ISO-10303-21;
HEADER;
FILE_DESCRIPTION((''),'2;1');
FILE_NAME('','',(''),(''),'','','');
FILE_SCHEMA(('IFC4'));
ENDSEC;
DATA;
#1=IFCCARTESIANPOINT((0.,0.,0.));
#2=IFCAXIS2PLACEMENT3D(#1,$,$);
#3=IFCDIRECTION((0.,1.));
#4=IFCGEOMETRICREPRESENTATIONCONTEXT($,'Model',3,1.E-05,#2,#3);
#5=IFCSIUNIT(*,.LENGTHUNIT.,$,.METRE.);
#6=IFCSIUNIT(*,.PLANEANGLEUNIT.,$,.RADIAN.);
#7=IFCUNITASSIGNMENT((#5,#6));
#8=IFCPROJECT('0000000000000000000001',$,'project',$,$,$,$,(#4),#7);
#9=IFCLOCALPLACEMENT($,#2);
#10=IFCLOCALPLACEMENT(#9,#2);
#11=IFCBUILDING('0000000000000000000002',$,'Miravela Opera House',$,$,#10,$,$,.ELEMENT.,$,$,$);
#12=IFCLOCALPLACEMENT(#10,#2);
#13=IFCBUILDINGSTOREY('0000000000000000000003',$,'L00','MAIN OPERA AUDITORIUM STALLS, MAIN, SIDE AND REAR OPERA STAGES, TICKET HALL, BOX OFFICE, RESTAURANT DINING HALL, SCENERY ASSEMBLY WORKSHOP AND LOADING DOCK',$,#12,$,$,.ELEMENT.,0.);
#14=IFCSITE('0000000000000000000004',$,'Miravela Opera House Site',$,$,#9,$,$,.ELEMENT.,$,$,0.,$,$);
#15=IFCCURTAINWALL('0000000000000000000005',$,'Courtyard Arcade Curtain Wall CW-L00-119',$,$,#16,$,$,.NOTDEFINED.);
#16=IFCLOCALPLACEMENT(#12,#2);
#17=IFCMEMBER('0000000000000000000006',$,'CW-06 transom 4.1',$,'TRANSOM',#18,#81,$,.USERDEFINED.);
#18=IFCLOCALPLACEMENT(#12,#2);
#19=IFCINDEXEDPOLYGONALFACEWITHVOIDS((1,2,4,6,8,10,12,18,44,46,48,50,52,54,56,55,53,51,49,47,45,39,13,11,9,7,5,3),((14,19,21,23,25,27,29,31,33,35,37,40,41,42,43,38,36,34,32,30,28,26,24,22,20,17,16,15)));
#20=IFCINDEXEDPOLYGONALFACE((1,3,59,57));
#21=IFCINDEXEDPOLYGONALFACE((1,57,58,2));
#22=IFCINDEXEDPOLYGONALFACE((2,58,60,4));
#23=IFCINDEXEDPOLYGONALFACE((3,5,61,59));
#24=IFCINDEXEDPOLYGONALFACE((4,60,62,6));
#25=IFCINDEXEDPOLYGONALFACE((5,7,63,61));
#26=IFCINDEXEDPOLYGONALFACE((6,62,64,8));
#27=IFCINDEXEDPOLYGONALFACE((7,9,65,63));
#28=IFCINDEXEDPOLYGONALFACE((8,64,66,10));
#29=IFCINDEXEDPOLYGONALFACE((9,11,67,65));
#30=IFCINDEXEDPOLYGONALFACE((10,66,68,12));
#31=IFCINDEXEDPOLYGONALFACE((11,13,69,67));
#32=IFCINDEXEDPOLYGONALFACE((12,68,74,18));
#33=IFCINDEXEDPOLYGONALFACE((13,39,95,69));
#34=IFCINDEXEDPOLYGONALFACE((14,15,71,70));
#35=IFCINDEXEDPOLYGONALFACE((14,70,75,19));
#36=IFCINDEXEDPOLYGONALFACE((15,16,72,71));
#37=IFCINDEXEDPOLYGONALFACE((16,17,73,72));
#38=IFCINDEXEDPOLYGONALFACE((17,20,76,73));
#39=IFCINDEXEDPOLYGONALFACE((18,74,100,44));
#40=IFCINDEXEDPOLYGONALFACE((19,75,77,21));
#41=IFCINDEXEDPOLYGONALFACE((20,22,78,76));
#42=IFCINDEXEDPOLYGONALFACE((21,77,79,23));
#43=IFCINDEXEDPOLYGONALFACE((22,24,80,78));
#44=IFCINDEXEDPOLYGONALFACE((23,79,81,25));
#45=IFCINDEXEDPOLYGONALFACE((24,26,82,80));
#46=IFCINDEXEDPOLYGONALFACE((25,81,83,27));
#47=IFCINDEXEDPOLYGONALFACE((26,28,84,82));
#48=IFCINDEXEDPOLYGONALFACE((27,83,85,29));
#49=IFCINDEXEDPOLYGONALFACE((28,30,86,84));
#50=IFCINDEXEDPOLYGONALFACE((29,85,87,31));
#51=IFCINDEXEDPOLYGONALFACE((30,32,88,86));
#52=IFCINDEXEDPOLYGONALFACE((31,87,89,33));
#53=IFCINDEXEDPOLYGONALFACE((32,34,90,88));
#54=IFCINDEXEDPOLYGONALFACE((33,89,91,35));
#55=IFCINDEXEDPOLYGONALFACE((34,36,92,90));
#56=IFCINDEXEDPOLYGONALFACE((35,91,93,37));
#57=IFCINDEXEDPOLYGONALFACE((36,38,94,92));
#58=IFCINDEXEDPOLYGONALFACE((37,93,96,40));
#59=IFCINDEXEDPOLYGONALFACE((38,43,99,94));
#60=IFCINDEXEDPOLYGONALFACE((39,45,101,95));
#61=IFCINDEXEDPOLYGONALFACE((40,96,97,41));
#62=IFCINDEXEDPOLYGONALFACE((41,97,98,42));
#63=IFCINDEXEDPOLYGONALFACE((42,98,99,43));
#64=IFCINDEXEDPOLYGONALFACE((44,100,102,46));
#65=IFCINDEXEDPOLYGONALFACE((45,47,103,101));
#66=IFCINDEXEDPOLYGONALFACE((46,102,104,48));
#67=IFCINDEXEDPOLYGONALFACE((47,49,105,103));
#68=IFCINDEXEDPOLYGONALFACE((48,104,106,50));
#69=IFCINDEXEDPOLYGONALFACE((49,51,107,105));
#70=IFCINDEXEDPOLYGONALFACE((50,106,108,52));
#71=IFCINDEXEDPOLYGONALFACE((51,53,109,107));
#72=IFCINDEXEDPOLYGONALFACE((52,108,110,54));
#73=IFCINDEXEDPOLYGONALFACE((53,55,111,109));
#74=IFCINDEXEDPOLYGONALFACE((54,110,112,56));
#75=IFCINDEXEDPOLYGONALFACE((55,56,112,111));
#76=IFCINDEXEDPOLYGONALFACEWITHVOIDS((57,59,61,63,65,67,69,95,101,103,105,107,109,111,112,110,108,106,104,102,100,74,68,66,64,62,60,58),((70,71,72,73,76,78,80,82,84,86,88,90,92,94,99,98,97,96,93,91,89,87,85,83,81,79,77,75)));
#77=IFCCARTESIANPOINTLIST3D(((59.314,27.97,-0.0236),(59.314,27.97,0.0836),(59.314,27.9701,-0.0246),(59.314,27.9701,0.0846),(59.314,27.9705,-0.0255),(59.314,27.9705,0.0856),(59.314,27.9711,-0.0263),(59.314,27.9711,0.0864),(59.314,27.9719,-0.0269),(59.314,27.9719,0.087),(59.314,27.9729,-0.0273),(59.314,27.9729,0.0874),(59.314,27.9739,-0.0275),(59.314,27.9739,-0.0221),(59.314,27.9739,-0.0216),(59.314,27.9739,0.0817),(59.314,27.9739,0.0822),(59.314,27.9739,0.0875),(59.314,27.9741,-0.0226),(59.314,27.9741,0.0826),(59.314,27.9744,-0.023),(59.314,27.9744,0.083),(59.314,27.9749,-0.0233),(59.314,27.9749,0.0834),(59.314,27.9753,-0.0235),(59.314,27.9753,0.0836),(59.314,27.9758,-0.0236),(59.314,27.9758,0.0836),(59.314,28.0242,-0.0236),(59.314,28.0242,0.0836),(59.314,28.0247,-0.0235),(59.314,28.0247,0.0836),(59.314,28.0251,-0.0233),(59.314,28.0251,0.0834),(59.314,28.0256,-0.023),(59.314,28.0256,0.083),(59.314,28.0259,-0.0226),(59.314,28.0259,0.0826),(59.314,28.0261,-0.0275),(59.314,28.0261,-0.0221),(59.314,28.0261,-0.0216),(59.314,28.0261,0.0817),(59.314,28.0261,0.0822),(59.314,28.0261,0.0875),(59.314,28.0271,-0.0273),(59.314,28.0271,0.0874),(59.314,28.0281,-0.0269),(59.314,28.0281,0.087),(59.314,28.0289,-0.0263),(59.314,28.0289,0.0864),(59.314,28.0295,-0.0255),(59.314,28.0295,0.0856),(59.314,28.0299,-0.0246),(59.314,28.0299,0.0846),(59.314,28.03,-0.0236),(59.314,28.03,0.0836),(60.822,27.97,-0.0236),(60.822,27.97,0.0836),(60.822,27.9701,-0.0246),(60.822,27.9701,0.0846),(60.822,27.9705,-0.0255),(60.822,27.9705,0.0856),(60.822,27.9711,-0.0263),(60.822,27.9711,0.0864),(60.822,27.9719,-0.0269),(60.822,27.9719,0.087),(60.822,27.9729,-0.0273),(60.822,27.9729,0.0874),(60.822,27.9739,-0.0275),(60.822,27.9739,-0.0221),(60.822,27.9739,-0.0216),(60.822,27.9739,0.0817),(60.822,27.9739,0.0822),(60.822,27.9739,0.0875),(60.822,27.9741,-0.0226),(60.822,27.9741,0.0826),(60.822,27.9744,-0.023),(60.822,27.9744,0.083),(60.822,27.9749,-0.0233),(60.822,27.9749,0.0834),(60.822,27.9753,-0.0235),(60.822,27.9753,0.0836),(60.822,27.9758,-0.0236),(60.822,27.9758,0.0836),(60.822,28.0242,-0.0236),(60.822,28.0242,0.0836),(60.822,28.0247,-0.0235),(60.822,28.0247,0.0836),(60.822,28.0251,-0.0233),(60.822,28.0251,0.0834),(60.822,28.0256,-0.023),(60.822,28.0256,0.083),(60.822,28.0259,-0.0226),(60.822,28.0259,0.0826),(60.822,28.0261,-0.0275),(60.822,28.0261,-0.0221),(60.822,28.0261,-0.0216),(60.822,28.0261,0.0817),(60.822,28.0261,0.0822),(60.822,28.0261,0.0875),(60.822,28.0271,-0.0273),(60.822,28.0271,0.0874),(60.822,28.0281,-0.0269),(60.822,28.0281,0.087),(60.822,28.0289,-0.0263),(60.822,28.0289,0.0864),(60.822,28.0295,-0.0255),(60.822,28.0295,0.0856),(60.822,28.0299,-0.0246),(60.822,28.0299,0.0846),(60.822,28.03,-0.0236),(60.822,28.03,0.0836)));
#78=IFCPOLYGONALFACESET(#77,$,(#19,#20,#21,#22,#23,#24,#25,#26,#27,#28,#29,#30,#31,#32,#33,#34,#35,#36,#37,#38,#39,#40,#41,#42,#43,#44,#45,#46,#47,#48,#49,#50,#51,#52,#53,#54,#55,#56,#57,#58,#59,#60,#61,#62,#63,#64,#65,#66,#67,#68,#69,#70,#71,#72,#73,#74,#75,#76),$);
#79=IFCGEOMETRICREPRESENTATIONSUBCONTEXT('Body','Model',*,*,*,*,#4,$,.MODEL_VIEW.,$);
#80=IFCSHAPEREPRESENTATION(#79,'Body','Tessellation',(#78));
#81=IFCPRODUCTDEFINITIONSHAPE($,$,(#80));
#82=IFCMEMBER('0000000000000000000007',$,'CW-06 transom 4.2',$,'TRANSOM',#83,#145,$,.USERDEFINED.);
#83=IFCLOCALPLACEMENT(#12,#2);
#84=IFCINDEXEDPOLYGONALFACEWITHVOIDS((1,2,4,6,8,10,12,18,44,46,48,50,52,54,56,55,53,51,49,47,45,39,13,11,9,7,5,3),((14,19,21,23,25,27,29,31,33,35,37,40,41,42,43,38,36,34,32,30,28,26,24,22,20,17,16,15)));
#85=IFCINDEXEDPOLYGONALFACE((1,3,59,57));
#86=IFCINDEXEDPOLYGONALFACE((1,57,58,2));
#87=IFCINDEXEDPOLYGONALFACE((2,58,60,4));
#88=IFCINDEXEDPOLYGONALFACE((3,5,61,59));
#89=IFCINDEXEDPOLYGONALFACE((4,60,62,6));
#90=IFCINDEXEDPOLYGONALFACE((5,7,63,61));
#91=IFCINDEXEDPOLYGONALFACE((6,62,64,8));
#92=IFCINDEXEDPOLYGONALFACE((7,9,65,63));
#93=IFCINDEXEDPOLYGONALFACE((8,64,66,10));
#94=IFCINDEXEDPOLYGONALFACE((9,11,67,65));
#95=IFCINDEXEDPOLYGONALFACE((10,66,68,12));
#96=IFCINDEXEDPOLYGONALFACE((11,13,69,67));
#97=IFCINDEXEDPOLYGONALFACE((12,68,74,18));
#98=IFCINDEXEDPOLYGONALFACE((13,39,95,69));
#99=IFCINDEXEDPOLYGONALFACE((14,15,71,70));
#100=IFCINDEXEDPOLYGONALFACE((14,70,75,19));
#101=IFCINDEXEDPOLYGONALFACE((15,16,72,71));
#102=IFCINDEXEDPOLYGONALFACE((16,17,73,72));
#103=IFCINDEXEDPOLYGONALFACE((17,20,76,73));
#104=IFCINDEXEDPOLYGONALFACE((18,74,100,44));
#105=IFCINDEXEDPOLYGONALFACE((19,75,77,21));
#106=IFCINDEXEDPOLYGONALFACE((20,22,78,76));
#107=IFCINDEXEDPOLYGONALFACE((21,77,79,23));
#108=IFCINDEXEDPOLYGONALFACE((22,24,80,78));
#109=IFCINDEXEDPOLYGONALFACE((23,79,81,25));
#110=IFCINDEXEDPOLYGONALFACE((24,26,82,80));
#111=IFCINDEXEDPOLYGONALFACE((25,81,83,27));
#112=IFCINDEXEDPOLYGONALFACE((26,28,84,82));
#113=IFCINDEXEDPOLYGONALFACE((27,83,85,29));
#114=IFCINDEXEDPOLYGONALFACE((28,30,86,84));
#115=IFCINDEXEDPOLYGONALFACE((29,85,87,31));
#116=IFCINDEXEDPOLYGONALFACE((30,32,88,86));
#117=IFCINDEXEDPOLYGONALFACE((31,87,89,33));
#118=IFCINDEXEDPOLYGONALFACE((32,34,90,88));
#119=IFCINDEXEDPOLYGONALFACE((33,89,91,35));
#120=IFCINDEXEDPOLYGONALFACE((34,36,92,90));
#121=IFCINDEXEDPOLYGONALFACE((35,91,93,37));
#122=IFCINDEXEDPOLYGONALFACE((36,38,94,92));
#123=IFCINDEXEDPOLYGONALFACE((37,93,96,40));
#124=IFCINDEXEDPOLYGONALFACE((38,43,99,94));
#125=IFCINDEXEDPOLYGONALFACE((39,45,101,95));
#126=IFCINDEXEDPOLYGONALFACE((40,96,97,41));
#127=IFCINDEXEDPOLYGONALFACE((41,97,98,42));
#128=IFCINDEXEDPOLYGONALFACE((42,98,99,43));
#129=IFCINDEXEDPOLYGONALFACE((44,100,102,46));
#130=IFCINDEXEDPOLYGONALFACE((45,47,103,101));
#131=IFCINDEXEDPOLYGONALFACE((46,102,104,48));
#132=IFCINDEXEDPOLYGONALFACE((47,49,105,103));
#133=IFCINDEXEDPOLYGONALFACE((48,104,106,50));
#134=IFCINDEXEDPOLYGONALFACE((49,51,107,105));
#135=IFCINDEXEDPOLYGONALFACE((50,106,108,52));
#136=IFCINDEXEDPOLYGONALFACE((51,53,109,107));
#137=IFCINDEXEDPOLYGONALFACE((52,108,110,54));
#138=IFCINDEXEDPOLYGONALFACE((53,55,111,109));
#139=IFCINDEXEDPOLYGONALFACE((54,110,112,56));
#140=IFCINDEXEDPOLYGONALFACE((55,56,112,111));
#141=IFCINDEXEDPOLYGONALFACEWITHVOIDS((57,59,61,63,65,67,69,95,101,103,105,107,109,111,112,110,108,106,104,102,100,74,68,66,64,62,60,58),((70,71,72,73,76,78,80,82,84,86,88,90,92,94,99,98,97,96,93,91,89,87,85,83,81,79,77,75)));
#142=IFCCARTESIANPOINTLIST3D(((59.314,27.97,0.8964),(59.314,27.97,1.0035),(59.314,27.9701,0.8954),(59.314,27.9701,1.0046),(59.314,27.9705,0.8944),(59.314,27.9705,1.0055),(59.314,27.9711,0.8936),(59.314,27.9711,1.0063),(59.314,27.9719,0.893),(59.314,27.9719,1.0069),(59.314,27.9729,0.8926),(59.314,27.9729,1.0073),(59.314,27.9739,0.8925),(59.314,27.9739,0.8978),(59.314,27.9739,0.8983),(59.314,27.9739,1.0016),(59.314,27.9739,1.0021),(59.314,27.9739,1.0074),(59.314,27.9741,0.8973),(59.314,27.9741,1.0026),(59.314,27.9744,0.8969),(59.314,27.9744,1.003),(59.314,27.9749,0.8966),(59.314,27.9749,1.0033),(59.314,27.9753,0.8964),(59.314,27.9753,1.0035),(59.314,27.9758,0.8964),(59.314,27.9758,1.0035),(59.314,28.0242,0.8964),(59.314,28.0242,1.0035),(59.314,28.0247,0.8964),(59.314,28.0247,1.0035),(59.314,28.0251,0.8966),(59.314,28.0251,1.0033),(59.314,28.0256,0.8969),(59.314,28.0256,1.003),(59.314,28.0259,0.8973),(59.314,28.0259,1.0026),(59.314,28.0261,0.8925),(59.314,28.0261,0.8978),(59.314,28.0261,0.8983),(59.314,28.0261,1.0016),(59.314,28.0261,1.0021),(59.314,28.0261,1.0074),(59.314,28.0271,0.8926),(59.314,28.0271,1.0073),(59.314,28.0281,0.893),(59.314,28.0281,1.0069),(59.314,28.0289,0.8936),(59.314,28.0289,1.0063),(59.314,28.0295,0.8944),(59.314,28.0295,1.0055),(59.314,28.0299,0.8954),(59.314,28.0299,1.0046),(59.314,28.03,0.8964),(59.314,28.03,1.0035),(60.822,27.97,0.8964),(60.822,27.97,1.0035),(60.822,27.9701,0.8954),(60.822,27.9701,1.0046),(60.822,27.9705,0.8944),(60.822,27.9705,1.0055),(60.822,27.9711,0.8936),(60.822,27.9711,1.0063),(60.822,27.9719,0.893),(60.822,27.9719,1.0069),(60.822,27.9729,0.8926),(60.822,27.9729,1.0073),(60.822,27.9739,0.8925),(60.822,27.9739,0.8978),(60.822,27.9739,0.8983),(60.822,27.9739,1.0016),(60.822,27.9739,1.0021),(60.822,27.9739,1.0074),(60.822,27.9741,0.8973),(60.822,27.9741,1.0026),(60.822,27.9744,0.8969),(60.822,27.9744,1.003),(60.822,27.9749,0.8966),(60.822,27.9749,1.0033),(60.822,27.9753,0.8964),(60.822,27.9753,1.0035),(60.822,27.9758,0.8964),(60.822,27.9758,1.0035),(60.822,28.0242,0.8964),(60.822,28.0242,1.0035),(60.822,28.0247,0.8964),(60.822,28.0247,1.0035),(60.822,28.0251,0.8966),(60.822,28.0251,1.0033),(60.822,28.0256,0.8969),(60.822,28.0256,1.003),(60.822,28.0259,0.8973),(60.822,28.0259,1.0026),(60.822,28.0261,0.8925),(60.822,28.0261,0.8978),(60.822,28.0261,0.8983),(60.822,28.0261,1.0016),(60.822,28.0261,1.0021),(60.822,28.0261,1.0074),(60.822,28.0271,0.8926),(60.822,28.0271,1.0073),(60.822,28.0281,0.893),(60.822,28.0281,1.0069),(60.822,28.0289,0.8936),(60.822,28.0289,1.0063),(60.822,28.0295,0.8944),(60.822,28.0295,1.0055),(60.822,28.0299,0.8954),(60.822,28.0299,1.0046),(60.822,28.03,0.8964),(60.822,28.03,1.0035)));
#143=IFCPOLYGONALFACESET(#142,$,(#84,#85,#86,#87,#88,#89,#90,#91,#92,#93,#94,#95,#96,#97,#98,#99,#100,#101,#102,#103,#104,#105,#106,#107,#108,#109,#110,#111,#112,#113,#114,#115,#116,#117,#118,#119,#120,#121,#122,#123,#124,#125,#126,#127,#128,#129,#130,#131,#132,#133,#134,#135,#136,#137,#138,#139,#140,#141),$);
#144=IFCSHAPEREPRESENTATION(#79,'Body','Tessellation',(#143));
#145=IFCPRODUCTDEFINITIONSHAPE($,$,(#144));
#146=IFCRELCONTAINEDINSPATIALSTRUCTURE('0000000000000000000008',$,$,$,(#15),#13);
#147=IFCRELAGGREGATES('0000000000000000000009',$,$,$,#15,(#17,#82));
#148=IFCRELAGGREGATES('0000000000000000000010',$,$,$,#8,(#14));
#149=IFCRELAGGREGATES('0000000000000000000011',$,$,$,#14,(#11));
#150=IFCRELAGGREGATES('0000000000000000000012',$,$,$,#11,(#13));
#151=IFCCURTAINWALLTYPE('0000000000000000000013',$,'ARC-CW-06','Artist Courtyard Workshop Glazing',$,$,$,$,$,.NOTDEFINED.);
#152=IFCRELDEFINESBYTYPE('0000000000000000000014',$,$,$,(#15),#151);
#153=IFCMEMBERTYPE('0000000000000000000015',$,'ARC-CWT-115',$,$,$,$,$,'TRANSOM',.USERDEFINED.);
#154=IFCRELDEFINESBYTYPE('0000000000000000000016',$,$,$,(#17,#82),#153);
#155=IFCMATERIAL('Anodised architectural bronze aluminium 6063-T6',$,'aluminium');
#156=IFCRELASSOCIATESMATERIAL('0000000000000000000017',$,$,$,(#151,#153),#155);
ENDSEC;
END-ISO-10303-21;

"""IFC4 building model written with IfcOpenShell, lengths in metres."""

from ifc_helpers import new_model, si_unit, direction, frame, origin, origin_2d, place, context, subcontext, project, spatial, hollow_rectangle, extrude, material, material_profile, profile_set, type_object, element, aggregate, save


model = new_model("IFC4")

# Units and contexts
model_context = context("Model", 3, precision=1e-05, world=origin(), true_north=direction((0.0, 1.0)))
body_context = subcontext(model_context, "Body", "Model", "MODEL_VIEW")
ifc_project = project(units=[si_unit("LENGTHUNIT", "METRE"), si_unit("PLANEANGLEUNIT", "RADIAN")], contexts=[model_context])

# Site, building, storey
site_placement = place(None, origin())
site = spatial("IfcSite", under=ifc_project, at=site_placement, Name="Miravela Opera House Site", CompositionType="ELEMENT", RefElevation=0.0)
building_placement = place(site_placement, origin())
building = spatial("IfcBuilding", under=site, at=building_placement, Name="Miravela Opera House", CompositionType="ELEMENT")
storey_placement = place(building_placement, origin())
storey = spatial("IfcBuildingStorey", under=building, at=storey_placement, Name="L00", Description="MAIN OPERA AUDITORIUM STALLS, MAIN, SIDE AND REAR OPERA STAGES, TICKET HALL, BOX OFFICE, RESTAURANT DINING HALL, SCENERY ASSEMBLY WORKSHOP AND LOADING DOCK", CompositionType="ELEMENT", Elevation=0.0)

# Curtain wall, members
ifc_material_1 = material(Name="Anodised architectural bronze aluminium 6063-T6", Category="aluminium")
curtain_wall_type = type_object("IfcCurtainWallType", Name="ARC-CW-06", Description="Artist Courtyard Workshop Glazing", PredefinedType="NOTDEFINED", material=ifc_material_1)
curtain_wall_1_placement = place(storey_placement, origin())
curtain_wall_1 = element("IfcCurtainWall", 1, at=curtain_wall_1_placement, inside=storey, type_object=curtain_wall_type, Name="Courtyard Arcade Curtain Wall CW-L00-119", PredefinedType="NOTDEFINED")
ifc_material_profile_1 = material_profile(ifc_material_1, hollow_rectangle(XDim=0.0601, YDim=0.115, WallThickness=0.0039, InnerFilletRadius=0.002, OuterFilletRadius=0.0039, at=origin_2d()), Name="CWT-60X115")
ifc_profile_set_1 = profile_set([ifc_material_profile_1])
member_type_1 = type_object("IfcMemberType", Name="ARC-CWT-115", ElementType="TRANSOM", PredefinedType="USERDEFINED", material=ifc_profile_set_1)
member_1_placement = place(storey_placement, frame((59.314, 28.0, 0.03), z_axis=(1.0, 0.0, 0.0), x_axis=(0.0, 1.0, 0.0)))
member_1 = element("IfcMember", 2, at=member_1_placement, type_object=member_type_1, Name="CW-06 transom 4.1", ObjectType="TRANSOM", PredefinedType="USERDEFINED", context=body_context, shape_type="SweptSolid", body=[
    extrude(hollow_rectangle(XDim=0.0601, YDim=0.115, WallThickness=0.0039, InnerFilletRadius=0.002, OuterFilletRadius=0.0039, at=origin_2d()), origin(), (0.0, 0.0, 1.0), 1.5081),
])
member_2_placement = place(storey_placement, frame((59.314, 28.0, 0.95), z_axis=(1.0, 0.0, 0.0), x_axis=(0.0, 1.0, 0.0)))
member_2 = element("IfcMember", 3, at=member_2_placement, type_object=member_type_1, Name="CW-06 transom 4.2", ObjectType="TRANSOM", PredefinedType="USERDEFINED", context=body_context, shape_type="SweptSolid", body=[
    extrude(hollow_rectangle(XDim=0.0601, YDim=0.115, WallThickness=0.0039, InnerFilletRadius=0.002, OuterFilletRadius=0.0039, at=origin_2d()), origin(), (0.0, 0.0, 1.0), 1.5081),
])

aggregate(curtain_wall_1, [member_1, member_2])

save(model, "model.ifc")
